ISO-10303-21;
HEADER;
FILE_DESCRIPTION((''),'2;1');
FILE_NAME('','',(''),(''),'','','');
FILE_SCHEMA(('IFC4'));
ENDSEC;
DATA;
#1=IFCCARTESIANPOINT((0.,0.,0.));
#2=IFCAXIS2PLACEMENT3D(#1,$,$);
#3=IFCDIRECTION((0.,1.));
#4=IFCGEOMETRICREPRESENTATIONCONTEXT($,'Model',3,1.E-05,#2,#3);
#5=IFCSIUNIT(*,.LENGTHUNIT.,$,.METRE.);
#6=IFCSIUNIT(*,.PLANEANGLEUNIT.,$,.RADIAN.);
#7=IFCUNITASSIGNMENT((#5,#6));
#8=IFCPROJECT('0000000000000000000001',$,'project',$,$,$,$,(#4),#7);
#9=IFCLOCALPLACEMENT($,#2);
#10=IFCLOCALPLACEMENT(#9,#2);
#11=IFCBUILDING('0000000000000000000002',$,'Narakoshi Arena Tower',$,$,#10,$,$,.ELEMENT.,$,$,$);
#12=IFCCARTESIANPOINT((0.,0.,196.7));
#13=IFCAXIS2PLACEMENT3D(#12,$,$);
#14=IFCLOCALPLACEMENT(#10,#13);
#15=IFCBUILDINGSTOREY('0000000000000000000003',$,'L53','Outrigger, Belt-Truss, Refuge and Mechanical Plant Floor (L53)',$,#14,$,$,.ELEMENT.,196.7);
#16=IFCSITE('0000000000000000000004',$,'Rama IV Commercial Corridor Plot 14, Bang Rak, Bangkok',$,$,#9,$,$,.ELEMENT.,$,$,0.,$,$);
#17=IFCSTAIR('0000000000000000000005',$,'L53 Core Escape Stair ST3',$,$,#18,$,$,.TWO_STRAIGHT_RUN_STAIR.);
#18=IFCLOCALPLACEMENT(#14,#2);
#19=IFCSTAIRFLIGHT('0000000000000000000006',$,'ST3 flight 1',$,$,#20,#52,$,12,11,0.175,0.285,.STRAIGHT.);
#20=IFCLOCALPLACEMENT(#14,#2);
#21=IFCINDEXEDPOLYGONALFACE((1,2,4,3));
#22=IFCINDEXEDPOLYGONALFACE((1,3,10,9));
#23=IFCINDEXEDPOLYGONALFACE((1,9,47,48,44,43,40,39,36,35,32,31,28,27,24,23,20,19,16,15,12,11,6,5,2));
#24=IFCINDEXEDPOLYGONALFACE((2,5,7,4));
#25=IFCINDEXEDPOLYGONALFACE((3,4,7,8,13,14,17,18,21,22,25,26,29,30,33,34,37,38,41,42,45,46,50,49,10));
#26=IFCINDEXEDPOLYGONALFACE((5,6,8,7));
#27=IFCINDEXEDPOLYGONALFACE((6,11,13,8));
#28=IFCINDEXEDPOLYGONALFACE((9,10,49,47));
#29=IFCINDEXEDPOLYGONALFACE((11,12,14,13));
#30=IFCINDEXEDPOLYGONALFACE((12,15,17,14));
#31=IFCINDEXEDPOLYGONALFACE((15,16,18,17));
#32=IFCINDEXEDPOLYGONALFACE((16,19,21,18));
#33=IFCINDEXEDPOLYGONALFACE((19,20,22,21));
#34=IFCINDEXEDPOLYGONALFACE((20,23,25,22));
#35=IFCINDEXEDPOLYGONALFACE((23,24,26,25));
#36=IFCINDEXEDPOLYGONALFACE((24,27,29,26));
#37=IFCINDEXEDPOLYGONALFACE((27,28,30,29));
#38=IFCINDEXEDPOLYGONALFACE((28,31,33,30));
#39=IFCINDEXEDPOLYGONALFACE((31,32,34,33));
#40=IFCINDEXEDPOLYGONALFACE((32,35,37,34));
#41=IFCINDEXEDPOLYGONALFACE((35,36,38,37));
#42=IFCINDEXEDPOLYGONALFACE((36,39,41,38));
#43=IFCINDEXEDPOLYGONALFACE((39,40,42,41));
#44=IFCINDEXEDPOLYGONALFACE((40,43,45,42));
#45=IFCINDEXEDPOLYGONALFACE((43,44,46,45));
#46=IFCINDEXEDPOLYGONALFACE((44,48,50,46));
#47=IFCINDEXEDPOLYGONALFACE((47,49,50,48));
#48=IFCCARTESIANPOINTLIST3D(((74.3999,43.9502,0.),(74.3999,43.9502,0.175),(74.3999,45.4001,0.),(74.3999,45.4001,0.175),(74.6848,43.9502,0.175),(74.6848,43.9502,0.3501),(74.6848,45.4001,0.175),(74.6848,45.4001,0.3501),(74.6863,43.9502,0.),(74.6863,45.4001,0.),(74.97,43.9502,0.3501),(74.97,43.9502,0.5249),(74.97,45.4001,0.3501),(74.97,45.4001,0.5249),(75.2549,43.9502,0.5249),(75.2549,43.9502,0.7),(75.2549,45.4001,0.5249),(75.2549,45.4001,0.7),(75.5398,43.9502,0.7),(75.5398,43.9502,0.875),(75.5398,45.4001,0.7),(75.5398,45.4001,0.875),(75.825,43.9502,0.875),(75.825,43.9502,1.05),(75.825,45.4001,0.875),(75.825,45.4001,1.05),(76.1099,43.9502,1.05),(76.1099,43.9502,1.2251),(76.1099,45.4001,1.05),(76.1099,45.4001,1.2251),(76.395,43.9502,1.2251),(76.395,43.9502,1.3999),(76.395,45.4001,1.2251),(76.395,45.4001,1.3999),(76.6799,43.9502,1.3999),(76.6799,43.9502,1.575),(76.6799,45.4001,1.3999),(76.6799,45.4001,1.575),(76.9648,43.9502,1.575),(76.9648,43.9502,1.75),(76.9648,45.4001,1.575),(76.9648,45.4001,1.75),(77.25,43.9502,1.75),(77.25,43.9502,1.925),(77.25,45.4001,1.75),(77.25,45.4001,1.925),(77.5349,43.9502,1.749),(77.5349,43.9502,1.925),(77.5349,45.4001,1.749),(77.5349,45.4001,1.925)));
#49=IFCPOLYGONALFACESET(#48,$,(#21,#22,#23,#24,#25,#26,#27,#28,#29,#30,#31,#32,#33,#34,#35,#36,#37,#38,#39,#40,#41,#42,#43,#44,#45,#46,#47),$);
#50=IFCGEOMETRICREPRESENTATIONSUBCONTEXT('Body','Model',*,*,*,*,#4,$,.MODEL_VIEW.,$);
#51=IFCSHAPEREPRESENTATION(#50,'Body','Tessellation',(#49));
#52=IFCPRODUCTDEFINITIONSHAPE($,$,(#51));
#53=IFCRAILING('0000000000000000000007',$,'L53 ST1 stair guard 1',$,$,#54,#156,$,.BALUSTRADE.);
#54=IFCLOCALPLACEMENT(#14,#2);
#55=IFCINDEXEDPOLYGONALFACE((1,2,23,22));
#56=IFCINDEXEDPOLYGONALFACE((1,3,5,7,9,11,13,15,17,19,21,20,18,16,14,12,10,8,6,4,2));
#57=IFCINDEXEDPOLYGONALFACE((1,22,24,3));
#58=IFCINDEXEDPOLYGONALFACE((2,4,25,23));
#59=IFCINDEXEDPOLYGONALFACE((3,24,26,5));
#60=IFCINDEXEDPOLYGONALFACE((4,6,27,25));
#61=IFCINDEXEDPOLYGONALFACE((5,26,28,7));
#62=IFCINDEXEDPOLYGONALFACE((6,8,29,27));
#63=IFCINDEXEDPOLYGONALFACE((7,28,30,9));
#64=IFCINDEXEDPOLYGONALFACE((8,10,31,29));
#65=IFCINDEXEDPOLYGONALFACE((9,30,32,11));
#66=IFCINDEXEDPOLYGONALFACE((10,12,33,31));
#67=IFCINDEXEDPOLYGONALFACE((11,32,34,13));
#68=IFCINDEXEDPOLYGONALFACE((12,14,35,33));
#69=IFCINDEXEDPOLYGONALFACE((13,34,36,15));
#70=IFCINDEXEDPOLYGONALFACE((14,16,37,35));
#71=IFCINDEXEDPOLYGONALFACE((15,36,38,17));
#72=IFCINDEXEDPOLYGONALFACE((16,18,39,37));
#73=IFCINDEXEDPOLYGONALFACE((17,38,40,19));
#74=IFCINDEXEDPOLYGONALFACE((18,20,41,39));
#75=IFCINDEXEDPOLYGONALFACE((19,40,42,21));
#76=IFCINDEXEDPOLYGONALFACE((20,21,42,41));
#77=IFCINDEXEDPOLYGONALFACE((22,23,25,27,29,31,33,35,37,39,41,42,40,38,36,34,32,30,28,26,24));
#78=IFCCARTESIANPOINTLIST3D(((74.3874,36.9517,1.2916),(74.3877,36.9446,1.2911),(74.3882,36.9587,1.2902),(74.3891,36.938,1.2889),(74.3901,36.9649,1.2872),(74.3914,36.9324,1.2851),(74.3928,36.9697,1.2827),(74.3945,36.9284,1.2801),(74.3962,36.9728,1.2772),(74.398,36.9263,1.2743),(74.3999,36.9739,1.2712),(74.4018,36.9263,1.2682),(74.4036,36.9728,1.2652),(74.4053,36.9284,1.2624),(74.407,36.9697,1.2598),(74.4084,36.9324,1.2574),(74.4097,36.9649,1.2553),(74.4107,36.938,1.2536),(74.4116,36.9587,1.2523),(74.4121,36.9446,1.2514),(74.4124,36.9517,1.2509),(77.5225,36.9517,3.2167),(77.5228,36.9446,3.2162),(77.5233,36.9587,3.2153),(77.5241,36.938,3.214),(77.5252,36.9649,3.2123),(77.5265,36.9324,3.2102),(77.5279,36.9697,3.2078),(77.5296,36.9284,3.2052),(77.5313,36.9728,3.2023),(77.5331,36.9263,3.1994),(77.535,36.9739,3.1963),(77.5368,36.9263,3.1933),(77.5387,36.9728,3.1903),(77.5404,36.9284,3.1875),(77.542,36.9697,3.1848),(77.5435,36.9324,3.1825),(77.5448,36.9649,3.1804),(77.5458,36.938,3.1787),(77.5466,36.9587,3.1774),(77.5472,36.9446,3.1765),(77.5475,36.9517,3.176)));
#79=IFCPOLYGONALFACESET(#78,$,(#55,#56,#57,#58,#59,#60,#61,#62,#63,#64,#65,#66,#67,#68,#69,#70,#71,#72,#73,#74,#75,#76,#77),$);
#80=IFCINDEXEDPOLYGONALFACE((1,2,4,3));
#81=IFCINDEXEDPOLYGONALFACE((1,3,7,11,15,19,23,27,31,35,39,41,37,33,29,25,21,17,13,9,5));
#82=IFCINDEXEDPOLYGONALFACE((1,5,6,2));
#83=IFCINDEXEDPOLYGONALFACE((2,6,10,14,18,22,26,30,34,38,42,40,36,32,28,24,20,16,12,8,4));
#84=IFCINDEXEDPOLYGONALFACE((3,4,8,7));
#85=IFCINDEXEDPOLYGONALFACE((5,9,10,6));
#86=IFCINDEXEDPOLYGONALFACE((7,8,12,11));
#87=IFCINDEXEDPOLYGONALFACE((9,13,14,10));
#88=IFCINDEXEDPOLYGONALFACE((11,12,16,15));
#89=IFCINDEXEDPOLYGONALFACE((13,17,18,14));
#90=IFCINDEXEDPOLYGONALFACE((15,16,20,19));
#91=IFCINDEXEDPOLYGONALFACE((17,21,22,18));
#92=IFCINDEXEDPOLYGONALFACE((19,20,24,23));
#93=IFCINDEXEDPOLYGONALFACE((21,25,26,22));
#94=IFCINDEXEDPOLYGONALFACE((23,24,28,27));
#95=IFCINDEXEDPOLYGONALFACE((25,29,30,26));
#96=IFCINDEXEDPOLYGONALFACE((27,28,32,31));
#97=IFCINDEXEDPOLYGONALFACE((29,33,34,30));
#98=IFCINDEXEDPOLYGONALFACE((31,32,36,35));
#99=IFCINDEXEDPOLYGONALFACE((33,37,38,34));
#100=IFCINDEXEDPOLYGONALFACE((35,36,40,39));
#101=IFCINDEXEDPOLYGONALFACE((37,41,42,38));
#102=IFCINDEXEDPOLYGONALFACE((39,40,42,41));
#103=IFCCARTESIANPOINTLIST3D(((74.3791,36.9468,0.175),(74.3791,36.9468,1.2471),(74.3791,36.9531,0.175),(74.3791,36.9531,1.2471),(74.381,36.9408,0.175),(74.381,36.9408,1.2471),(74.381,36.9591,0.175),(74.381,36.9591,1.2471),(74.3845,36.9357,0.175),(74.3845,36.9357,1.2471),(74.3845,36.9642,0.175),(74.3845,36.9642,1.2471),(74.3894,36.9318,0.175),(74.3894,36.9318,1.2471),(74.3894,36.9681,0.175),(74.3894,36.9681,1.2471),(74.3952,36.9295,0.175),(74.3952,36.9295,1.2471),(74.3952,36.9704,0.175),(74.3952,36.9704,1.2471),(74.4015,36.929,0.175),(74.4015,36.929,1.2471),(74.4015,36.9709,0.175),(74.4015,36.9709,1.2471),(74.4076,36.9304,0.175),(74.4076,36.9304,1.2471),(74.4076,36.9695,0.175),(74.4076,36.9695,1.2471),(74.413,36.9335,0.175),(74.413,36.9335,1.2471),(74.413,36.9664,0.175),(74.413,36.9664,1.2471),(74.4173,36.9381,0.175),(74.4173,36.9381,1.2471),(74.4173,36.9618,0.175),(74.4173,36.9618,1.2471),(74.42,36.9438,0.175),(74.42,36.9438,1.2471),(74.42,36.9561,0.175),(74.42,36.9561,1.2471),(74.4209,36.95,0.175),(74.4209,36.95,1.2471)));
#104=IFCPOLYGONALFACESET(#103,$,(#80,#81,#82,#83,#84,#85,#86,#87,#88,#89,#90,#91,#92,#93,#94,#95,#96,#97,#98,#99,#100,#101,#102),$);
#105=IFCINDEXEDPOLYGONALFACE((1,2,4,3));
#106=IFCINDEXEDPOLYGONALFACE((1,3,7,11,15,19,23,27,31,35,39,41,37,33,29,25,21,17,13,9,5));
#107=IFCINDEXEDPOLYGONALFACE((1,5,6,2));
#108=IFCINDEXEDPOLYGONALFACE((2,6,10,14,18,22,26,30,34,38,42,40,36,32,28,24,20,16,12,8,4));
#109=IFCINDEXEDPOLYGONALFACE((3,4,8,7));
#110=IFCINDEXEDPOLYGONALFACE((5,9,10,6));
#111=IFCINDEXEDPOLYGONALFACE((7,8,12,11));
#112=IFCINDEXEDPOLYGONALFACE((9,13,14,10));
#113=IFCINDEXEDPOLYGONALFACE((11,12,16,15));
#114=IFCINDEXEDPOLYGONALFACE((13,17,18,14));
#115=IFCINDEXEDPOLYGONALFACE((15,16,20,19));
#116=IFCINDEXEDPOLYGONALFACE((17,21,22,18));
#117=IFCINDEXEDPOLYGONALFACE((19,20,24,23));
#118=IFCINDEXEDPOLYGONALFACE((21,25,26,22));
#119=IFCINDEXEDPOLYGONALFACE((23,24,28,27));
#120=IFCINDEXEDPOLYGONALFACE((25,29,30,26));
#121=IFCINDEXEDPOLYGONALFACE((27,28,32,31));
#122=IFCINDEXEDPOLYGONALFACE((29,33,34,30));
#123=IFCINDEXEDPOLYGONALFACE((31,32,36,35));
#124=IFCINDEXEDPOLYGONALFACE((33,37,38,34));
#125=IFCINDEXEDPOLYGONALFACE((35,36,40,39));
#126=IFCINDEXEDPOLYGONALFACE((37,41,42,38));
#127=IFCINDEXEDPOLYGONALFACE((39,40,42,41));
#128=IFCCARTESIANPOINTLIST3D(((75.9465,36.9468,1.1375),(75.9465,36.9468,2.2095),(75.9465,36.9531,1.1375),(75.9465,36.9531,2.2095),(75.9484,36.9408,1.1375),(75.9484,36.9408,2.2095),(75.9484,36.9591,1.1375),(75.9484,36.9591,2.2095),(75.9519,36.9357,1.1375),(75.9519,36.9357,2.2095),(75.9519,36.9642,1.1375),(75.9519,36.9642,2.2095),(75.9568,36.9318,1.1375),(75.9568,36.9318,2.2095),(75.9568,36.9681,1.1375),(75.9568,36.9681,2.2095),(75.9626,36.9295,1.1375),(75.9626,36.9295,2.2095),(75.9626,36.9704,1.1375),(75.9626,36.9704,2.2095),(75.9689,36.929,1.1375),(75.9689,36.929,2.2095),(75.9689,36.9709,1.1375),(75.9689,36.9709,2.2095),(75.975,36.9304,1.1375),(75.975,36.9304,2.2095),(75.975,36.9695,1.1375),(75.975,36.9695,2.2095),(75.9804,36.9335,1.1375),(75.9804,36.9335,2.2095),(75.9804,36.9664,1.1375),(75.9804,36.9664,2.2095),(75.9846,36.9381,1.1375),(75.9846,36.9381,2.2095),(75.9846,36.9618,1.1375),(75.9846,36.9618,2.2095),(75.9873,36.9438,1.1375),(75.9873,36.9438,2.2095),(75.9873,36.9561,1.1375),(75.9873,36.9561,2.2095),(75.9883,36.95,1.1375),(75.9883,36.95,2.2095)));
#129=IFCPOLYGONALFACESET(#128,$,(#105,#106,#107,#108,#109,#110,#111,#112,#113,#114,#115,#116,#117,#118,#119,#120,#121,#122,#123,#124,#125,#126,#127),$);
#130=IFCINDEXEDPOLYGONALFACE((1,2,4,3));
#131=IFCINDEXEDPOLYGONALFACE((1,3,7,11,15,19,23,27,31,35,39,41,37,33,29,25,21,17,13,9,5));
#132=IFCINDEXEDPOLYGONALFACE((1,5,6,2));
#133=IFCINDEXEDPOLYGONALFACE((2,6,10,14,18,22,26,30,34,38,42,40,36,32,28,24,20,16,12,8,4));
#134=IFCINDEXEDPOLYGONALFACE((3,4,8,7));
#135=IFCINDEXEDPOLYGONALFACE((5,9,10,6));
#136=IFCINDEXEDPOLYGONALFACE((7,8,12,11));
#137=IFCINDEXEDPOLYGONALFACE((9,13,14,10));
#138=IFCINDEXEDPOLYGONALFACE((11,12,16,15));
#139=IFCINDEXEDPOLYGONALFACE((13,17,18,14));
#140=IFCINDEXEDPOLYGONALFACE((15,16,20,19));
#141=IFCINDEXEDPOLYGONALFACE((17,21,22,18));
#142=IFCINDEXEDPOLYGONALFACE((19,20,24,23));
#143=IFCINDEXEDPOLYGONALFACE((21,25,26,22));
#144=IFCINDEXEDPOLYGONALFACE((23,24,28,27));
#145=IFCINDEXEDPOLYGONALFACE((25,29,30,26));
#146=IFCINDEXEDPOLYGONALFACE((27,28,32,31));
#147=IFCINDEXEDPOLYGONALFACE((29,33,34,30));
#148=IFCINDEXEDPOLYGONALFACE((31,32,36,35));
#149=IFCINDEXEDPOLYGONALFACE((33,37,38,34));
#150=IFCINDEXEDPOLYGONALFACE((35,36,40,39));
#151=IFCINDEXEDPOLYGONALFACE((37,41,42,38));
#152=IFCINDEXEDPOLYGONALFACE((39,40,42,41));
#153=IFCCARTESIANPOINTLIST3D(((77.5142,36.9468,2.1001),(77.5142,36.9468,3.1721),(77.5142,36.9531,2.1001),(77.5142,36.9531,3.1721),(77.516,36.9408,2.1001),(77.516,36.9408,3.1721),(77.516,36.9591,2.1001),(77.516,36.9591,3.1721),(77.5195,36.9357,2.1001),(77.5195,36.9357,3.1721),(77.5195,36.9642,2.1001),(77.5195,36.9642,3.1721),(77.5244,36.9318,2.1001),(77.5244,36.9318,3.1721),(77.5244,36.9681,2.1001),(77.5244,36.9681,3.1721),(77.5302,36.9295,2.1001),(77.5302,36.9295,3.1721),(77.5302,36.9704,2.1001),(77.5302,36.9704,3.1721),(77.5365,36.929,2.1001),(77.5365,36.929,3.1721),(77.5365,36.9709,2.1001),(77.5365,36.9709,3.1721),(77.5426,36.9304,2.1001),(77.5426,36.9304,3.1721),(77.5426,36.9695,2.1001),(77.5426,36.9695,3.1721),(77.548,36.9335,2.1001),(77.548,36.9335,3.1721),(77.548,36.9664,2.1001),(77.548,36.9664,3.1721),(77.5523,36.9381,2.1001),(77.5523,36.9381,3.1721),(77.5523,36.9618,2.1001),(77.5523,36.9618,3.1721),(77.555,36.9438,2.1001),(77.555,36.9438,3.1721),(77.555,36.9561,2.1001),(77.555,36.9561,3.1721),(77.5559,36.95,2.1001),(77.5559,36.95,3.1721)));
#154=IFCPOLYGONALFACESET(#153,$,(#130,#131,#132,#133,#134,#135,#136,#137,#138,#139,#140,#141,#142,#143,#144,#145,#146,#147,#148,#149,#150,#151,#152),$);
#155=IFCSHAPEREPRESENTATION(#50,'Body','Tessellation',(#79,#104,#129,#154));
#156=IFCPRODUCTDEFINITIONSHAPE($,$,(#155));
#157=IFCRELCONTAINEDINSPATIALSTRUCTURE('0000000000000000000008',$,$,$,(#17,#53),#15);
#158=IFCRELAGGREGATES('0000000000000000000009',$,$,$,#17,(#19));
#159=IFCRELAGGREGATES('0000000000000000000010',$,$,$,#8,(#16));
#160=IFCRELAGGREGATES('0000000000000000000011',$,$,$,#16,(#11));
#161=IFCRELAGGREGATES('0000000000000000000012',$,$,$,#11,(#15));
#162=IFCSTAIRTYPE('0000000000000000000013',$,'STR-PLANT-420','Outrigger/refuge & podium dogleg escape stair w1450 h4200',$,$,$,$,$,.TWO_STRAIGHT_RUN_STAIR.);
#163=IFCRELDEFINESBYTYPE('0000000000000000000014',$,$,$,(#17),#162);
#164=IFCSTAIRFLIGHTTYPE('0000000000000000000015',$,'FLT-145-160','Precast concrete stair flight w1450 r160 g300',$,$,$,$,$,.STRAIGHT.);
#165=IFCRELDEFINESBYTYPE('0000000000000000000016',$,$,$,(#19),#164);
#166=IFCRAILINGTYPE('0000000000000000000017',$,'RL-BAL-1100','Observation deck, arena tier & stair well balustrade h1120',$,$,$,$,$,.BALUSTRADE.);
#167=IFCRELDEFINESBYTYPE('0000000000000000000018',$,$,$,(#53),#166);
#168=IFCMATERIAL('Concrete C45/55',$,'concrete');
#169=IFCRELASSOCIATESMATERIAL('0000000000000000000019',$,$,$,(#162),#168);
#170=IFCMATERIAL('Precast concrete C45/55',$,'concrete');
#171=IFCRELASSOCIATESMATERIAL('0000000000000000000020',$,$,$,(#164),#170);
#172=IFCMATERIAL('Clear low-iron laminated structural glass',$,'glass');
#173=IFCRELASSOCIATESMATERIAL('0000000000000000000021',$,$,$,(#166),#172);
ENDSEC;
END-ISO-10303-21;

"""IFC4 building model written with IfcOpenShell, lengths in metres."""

from ifc_helpers import new_model, si_unit, direction, frame, origin, origin_2d, place, context, subcontext, project, spatial, polyline, circle, outline, extrude, material, type_object, element, aggregate, save


model = new_model("IFC4")

# Units and contexts
model_context = context("Model", 3, precision=1e-05, world=origin(), true_north=direction((0.0, 1.0)))
body_context = subcontext(model_context, "Body", "Model", "MODEL_VIEW")
ifc_project = project(units=[si_unit("LENGTHUNIT", "METRE"), si_unit("PLANEANGLEUNIT", "RADIAN")], contexts=[model_context])

# Site, building, storey
site_placement = place(None, origin())
site = spatial("IfcSite", under=ifc_project, at=site_placement, Name="Rama IV Commercial Corridor Plot 14, Bang Rak, Bangkok", CompositionType="ELEMENT", RefElevation=0.0)
building_placement = place(site_placement, origin())
building = spatial("IfcBuilding", under=site, at=building_placement, Name="Narakoshi Arena Tower", CompositionType="ELEMENT")
storey_placement = place(building_placement, frame((0.0, 0.0, 196.7)))
storey = spatial("IfcBuildingStorey", under=building, at=storey_placement, Name="L53", Description="Outrigger, Belt-Truss, Refuge and Mechanical Plant Floor (L53)", CompositionType="ELEMENT", Elevation=196.7)

# Shared definitions
ifc_material_1 = material(Name="Precast concrete C45/55", Category="concrete")

# Shared definitions
ifc_material_2 = material(Name="Concrete C45/55", Category="concrete")
stair_type = type_object("IfcStairType", Name="STR-PLANT-420", Description="Outrigger/refuge & podium dogleg escape stair w1450 h4200", PredefinedType="TWO_STRAIGHT_RUN_STAIR", material=ifc_material_2)
stair_flight_type = type_object("IfcStairFlightType", Name="FLT-145-160", Description="Precast concrete stair flight w1450 r160 g300", PredefinedType="STRAIGHT", material=ifc_material_1)

# Stair, stair flight
stair_1_placement = place(storey_placement, origin())
stair_1 = element("IfcStair", 1, at=stair_1_placement, inside=storey, type_object=stair_type, Name="L53 Core Escape Stair ST3", PredefinedType="TWO_STRAIGHT_RUN_STAIR")
stair_flight_1_placement = place(storey_placement, frame((74.3999, 44.675, 0.0), z_axis=(0.0, 0.0, 1.0), x_axis=(1.0, 0.0, 0.0)))
stair_flight_1 = element("IfcStairFlight", 2, at=stair_flight_1_placement, type_object=stair_flight_type, Name="ST3 flight 1", NumberOfRisers=12, NumberOfTreads=11, PredefinedType="STRAIGHT", RiserHeight=0.175, TreadLength=0.285, context=body_context, shape_type="SweptSolid", body=[
    extrude(outline(polyline([(0.0, 0.0), (0.0, 0.175), (0.2849, 0.175), (0.2849, 0.3501), (0.5701, 0.3501), (0.5701, 0.5249), (0.855, 0.5249), (0.855, 0.7), (1.1399, 0.7), (1.1399, 0.875), (1.425, 0.875), (1.425, 1.05), (1.71, 1.05), (1.71, 1.2251), (1.9951, 1.2251), (1.9951, 1.3999), (2.28, 1.3999), (2.28, 1.575), (2.5649, 1.575), (2.5649, 1.75), (2.8501, 1.75), (2.8501, 1.925), (3.135, 1.925), (3.135, 2.1001), (3.135, 1.749), (0.2864, 0.0), (0.0, 0.0)])), frame((0.0, 0.7251, 0.0), z_axis=(0.0, -1.0, 0.0), x_axis=(1.0, 0.0, 0.0)), (0.0, 0.0, 1.0), 1.45),
])
aggregate(stair_1, [stair_flight_1])

# Railing
ifc_material_3 = material(Name="Clear low-iron laminated structural glass", Category="glass")
railing_type_1 = type_object("IfcRailingType", Name="RL-BAL-1100", Description="Observation deck, arena tier & stair well balustrade h1120", PredefinedType="BALUSTRADE", material=ifc_material_3)
railing_1_placement = place(storey_placement, frame((74.3999, 36.95, 0.175)))
element("IfcRailing", 3, at=railing_1_placement, inside=storey, type_object=railing_type_1, Name="L53 ST1 stair guard 1", PredefinedType="BALUSTRADE", context=body_context, shape_type="SweptSolid", body=[
    extrude(circle(Radius=0.0239, at=origin_2d()), frame((0.0, 0.0, 1.0962), z_axis=(0.852166, 0.0, 0.523271), x_axis=(0.0, 1.0, 0.0)), (0.0, 0.0, 1.0), 3.679),
    extrude(circle(Radius=0.021, at=origin_2d()), origin(), (0.0, 0.0, 1.0), 1.072),
    extrude(circle(Radius=0.021, at=origin_2d()), frame((1.5674, 0.0, 0.9624)), (0.0, 0.0, 1.0), 1.072),
    extrude(circle(Radius=0.021, at=origin_2d()), frame((3.135, 0.0, 1.925)), (0.0, 0.0, 1.0), 1.072),
])

save(model, "model.ifc")
